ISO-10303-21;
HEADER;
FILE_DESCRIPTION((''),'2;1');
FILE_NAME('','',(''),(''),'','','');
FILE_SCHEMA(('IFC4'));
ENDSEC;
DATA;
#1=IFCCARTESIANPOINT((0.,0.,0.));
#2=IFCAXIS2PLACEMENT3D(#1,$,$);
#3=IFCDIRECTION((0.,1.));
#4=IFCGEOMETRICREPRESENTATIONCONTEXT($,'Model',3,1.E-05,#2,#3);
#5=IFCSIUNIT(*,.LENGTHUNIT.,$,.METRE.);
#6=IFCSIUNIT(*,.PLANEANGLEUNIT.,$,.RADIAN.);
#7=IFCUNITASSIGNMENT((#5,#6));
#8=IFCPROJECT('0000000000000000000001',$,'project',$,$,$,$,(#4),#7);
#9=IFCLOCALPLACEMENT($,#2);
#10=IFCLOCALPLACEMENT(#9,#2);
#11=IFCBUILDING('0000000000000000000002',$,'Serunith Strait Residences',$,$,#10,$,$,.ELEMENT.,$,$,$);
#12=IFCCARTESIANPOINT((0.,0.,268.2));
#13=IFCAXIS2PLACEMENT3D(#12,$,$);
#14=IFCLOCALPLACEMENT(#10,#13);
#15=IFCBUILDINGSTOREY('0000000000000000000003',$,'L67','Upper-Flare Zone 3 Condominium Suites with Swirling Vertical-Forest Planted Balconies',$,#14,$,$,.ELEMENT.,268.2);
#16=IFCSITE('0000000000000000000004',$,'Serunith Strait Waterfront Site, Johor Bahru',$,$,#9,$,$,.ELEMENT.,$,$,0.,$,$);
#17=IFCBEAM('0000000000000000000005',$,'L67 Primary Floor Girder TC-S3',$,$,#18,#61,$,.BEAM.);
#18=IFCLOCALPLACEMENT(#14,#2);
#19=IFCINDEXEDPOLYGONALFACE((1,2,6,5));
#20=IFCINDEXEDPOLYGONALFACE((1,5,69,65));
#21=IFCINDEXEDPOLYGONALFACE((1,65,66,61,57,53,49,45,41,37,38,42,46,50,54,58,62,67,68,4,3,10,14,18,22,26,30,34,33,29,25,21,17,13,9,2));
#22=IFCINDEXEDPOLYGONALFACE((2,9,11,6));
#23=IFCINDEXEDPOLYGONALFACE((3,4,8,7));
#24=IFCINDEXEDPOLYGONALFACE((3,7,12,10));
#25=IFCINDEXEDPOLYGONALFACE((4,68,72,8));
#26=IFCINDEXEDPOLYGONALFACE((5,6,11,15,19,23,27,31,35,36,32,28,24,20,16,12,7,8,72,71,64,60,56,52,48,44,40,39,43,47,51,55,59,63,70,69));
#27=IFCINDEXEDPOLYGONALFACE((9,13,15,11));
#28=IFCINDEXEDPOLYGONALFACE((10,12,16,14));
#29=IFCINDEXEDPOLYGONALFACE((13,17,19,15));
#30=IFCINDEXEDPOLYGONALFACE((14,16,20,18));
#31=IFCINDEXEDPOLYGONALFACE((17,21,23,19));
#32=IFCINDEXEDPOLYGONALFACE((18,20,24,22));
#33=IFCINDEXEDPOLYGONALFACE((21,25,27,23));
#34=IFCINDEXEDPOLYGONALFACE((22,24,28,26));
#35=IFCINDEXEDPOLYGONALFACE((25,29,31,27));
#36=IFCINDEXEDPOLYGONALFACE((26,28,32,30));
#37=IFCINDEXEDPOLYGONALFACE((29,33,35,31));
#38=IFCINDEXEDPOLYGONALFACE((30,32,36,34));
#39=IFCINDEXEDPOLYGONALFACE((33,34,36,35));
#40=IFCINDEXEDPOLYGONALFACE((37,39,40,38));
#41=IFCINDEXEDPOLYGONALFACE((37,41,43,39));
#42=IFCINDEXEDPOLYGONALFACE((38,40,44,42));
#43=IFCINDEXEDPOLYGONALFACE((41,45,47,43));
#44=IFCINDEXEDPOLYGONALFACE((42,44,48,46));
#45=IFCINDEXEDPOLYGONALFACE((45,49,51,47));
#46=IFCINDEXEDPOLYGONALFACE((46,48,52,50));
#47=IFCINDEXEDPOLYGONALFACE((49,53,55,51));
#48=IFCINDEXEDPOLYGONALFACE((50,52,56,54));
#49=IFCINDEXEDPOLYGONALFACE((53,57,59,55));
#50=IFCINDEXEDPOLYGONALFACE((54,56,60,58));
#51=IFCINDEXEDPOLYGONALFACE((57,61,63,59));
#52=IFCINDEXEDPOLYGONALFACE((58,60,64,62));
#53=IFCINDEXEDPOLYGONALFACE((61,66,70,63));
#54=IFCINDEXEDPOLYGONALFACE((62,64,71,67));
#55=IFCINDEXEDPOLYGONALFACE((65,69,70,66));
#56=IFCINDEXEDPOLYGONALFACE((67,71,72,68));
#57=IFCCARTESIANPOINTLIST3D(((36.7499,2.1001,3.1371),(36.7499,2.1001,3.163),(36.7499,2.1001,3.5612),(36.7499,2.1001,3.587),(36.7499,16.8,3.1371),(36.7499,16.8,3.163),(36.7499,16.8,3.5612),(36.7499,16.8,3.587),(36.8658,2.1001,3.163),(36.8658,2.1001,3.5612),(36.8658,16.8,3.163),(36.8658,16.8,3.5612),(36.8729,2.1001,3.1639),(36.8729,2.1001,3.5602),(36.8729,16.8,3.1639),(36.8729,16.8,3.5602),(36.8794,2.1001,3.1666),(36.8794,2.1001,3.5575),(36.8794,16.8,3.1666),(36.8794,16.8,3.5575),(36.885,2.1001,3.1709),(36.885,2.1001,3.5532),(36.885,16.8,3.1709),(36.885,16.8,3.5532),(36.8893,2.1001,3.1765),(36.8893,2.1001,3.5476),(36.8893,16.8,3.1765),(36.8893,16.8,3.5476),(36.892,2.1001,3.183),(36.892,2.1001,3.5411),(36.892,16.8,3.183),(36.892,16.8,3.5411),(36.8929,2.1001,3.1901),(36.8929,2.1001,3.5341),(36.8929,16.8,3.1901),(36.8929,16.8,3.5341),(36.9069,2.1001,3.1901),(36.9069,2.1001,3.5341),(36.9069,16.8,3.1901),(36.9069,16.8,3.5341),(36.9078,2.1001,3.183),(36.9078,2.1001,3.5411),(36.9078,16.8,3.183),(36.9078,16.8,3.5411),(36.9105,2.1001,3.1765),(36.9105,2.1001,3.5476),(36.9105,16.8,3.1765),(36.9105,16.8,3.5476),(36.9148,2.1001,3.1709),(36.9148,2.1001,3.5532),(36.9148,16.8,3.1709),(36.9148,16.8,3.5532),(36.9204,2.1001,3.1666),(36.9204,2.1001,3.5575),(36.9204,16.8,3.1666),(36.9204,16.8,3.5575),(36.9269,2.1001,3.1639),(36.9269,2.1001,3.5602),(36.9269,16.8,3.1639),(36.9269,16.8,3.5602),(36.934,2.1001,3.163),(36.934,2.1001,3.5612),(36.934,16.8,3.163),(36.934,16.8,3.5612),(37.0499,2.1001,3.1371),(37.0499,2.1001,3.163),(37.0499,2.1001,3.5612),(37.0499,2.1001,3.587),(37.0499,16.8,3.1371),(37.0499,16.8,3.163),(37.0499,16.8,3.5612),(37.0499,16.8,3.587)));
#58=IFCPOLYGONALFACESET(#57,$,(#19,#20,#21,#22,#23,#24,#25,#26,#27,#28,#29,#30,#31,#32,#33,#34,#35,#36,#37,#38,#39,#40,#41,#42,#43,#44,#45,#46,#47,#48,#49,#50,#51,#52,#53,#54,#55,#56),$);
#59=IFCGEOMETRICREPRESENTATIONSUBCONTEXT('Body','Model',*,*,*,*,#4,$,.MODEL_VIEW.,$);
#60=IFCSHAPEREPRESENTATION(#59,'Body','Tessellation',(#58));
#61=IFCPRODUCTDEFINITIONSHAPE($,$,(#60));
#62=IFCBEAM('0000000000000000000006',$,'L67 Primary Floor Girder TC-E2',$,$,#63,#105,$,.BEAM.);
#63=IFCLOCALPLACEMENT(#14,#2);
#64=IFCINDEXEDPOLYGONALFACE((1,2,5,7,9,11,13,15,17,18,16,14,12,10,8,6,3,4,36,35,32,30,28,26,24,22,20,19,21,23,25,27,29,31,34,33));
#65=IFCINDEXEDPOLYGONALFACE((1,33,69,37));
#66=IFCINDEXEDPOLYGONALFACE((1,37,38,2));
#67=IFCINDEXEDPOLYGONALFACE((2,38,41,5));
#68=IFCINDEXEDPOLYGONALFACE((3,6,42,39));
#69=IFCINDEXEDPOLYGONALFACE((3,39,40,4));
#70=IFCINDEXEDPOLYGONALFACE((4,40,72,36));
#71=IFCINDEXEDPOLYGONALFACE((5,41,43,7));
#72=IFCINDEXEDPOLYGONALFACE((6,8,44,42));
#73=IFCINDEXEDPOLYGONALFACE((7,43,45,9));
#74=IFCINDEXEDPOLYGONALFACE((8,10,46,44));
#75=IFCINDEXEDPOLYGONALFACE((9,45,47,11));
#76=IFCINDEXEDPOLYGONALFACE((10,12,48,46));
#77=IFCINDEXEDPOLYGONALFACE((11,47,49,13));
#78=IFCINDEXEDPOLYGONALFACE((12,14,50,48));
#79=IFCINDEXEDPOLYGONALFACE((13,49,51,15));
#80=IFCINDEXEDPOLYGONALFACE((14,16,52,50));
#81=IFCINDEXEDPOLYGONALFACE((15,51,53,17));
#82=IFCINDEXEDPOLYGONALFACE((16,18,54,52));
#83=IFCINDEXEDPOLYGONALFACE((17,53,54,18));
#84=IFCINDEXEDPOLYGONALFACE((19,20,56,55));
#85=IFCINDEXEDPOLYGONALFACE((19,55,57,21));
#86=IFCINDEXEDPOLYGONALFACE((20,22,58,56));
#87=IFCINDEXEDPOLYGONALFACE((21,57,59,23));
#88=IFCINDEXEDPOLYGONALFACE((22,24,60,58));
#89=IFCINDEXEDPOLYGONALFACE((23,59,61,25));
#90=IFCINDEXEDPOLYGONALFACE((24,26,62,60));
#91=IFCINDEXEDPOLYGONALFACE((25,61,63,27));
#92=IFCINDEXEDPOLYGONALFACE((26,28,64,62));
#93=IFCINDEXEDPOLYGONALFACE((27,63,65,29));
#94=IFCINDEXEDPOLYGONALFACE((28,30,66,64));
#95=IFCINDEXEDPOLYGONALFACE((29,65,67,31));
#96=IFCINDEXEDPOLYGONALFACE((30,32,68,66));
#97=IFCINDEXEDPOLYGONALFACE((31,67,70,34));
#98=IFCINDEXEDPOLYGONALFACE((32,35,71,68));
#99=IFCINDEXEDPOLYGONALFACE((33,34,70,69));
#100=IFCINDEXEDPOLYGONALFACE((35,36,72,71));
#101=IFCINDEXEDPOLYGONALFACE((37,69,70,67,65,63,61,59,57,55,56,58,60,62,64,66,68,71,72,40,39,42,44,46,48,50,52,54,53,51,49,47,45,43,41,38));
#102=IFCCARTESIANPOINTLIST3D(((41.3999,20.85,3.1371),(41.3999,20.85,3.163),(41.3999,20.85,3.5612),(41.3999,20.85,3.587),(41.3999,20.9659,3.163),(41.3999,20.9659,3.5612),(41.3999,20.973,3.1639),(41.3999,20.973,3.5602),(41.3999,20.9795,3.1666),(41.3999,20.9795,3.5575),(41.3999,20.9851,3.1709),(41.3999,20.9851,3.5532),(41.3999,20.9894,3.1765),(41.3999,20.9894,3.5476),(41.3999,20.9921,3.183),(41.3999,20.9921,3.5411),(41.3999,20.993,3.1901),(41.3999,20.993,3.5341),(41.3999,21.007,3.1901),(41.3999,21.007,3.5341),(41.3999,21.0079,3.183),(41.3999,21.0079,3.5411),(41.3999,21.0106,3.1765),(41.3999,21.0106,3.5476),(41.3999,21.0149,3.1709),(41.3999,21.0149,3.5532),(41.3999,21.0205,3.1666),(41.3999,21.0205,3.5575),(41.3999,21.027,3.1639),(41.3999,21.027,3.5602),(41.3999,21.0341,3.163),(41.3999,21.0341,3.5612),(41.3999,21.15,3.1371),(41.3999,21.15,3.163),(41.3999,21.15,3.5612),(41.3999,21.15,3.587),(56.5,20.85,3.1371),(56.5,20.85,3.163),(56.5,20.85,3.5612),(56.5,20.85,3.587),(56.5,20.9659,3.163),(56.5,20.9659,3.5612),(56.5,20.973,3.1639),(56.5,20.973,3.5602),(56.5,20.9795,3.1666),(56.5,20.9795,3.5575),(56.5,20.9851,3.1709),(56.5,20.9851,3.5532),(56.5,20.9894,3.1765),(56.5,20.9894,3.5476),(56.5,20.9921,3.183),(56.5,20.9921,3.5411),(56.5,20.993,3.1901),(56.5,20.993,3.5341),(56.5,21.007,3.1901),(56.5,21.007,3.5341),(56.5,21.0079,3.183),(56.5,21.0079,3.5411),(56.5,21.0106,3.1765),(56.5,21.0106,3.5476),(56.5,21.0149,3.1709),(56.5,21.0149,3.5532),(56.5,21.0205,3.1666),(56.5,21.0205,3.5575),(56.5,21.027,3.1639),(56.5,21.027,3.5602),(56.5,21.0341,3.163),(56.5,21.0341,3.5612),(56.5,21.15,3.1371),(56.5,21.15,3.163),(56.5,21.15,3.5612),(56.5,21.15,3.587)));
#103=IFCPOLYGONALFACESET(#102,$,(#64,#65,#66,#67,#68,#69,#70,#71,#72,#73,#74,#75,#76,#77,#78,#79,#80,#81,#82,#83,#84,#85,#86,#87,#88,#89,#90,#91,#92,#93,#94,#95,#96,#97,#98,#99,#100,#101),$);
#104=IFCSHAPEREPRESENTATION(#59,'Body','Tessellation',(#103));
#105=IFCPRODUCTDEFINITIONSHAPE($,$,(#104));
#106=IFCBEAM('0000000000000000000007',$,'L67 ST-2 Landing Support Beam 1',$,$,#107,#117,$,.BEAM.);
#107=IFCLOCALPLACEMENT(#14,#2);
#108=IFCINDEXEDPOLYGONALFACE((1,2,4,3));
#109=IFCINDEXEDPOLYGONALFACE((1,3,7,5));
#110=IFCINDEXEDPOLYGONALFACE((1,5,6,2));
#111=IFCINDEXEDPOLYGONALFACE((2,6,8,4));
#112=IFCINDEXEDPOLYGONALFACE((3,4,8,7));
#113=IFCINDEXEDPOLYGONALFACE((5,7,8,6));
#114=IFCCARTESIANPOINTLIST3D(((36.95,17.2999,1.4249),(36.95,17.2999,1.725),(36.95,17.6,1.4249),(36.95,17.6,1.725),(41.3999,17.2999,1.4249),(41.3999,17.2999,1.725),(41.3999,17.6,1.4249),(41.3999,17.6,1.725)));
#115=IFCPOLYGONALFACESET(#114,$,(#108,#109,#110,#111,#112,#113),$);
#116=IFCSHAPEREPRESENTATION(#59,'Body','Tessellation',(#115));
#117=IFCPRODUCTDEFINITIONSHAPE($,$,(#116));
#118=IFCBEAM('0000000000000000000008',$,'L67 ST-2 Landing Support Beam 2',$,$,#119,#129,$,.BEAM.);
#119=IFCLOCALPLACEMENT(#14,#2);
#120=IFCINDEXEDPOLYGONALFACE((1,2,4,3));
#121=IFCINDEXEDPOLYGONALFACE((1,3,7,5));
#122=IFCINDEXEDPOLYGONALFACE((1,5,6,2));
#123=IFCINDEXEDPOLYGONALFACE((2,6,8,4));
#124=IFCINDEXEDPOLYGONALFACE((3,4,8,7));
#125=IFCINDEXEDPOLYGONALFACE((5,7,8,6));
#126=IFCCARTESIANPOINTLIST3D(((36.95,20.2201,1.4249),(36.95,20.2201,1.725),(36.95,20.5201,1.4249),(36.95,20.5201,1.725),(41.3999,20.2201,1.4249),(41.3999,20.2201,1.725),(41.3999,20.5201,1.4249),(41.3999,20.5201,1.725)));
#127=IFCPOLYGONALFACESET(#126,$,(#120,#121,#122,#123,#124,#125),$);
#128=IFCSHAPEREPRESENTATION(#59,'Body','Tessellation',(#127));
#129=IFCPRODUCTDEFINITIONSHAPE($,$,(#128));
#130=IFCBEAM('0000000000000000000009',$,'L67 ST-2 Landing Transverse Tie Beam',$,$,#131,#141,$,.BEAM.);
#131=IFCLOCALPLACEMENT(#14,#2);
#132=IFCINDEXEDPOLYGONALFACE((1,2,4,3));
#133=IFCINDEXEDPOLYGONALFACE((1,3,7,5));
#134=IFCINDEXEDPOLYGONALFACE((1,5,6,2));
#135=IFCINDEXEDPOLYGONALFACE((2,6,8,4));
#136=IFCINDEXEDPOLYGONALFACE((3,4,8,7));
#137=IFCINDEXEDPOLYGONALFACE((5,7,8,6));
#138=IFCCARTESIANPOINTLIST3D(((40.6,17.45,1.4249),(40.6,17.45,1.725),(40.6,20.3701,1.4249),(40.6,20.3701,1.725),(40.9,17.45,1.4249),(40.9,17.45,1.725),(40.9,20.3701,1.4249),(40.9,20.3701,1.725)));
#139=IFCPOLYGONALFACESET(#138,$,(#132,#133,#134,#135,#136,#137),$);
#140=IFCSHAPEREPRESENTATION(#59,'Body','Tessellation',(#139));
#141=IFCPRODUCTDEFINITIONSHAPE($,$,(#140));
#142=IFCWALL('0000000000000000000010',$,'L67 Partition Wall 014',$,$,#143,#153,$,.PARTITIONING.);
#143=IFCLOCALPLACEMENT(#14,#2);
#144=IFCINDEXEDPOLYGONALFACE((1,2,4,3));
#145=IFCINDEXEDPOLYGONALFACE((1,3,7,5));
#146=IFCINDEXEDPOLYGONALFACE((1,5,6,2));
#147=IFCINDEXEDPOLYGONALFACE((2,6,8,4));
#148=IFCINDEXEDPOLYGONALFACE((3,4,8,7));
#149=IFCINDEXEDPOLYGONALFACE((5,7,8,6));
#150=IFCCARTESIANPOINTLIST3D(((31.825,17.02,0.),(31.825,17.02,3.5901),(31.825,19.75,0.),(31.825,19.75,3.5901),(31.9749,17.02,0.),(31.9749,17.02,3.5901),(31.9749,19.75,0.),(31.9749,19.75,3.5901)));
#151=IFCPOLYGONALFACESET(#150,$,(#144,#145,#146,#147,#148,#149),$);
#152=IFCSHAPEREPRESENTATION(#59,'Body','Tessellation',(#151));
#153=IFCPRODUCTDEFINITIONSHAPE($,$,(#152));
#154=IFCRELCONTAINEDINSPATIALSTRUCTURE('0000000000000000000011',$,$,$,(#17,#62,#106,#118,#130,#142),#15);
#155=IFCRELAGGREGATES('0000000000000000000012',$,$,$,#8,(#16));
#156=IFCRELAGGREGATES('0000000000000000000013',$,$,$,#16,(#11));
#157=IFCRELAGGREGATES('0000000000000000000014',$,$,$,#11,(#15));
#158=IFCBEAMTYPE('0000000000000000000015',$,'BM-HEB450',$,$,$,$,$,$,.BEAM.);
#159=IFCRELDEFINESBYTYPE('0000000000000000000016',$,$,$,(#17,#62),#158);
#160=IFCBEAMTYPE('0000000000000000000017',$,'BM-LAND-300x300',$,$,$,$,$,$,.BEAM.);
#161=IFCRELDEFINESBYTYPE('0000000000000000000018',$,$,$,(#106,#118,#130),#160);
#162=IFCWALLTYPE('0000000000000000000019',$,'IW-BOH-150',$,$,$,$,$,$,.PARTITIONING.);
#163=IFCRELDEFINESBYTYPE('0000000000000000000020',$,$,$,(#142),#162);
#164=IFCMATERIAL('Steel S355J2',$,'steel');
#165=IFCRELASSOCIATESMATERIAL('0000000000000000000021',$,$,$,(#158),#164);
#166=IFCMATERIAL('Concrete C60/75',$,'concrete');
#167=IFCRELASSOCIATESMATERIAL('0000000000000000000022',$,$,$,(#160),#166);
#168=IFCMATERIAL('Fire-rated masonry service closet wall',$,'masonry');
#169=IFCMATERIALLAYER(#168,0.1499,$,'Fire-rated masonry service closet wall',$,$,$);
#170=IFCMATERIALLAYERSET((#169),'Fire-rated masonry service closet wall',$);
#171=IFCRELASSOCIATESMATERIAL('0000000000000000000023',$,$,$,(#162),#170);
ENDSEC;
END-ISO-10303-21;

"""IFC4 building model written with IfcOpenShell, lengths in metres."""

from ifc_helpers import new_model, si_unit, direction, frame, frame_2d, origin, origin_2d, place, context, subcontext, project, spatial, rectangle, i_section, extrude, source, transform, mapped, material, layer, layer_set, material_profile, profile_set, type_object, element, save


model = new_model("IFC4")

# Units and contexts
model_context = context("Model", 3, precision=1e-05, world=origin(), true_north=direction((0.0, 1.0)))
body_context = subcontext(model_context, "Body", "Model", "MODEL_VIEW")
ifc_project = project(units=[si_unit("LENGTHUNIT", "METRE"), si_unit("PLANEANGLEUNIT", "RADIAN")], contexts=[model_context])

# Site, building, storey
site_placement = place(None, origin())
site = spatial("IfcSite", under=ifc_project, at=site_placement, Name="Serunith Strait Waterfront Site, Johor Bahru", CompositionType="ELEMENT", RefElevation=0.0)
building_placement = place(site_placement, origin())
building = spatial("IfcBuilding", under=site, at=building_placement, Name="Serunith Strait Residences", CompositionType="ELEMENT")
storey_placement = place(building_placement, frame((0.0, 0.0, 268.2)))
storey = spatial("IfcBuildingStorey", under=building, at=storey_placement, Name="L67", Description="Upper-Flare Zone 3 Condominium Suites with Swirling Vertical-Forest Planted Balconies", CompositionType="ELEMENT", Elevation=268.2)

# Beams
ifc_material_1 = material(Name="Steel S355J2", Category="steel")
ifc_material_profile_1 = material_profile(ifc_material_1, i_section(OverallWidth=0.3, OverallDepth=0.45, WebThickness=0.0139, FlangeThickness=0.0259, FilletRadius=0.0271, at=origin_2d()), Name="HEB 450")
ifc_profile_set_1 = profile_set([ifc_material_profile_1], Name="Steel S355J2")
beam_type_1 = type_object("IfcBeamType", Name="BM-HEB450", PredefinedType="BEAM", material=ifc_profile_set_1)
shared_shape_1 = source(origin(), body_context, "Body", "SweptSolid", [
    extrude(i_section(OverallWidth=0.3, OverallDepth=0.45, WebThickness=0.0139, FlangeThickness=0.0259, FilletRadius=0.0271, at=origin_2d()), origin(), (0.0, 0.0, 1.0), 14.7),
])
beam_1_placement = place(storey_placement, frame((36.8999, 16.8, 3.3621), z_axis=(0.0, -1.0, 0.0), x_axis=(1.0, 0.0, 0.0)))
element("IfcBeam", 1, at=beam_1_placement, inside=storey, type_object=beam_type_1, Name="L67 Primary Floor Girder TC-S3", PredefinedType="BEAM", context=body_context, shape_type="MappedRepresentation", body=[
    mapped(shared_shape_1, transform((0.0, 0.0, 0.0), scale=1.0)),
])
shared_shape_2 = source(origin(), body_context, "Body", "SweptSolid", [
    extrude(i_section(OverallWidth=0.3, OverallDepth=0.45, WebThickness=0.0139, FlangeThickness=0.0259, FilletRadius=0.0271, at=origin_2d()), origin(), (0.0, 0.0, 1.0), 15.1001),
])
beam_2_placement = place(storey_placement, frame((41.3999, 21.0, 3.3621), z_axis=(1.0, 0.0, 0.0), x_axis=(0.0, 1.0, 0.0)))
element("IfcBeam", 2, at=beam_2_placement, inside=storey, type_object=beam_type_1, Name="L67 Primary Floor Girder TC-E2", PredefinedType="BEAM", context=body_context, shape_type="MappedRepresentation", body=[
    mapped(shared_shape_2, transform((0.0, 0.0, 0.0), scale=1.0)),
])
ifc_material_2 = material(Name="Concrete C60/75", Category="concrete")
ifc_material_profile_2 = material_profile(ifc_material_2, rectangle(XDim=0.3, YDim=0.3, at=origin_2d()), Name="RC 300x300")
ifc_profile_set_2 = profile_set([ifc_material_profile_2], Name="Concrete C60/75")
beam_type_2 = type_object("IfcBeamType", Name="BM-LAND-300x300", PredefinedType="BEAM", material=ifc_profile_set_2)
shared_shape_3 = source(origin(), body_context, "Body", "SweptSolid", [
    extrude(rectangle(XDim=0.3, YDim=0.3, at=origin_2d()), origin(), (0.0, 0.0, 1.0), 4.45),
])
for number, where, z_axis, x_axis, name in (
    (3, (36.95, 17.45, 1.575), (1.0, 0.0, 0.0), (0.0, 1.0, 0.0), "L67 ST-2 Landing Support Beam 1"),
    (4, (36.95, 20.3701, 1.575), (1.0, 0.0, 0.0), (0.0, 1.0, 0.0), "L67 ST-2 Landing Support Beam 2"),
):
    element("IfcBeam", number, at=place(storey_placement, frame(where, z_axis=z_axis, x_axis=x_axis)), inside=storey, type_object=beam_type_2, Name=name, PredefinedType="BEAM", context=body_context, shape_type="MappedRepresentation", body=[
        mapped(shared_shape_3, transform((0.0, 0.0, 0.0), scale=1.0)),
    ])
shared_shape_4 = source(origin(), body_context, "Body", "SweptSolid", [
    extrude(rectangle(XDim=0.3, YDim=0.3, at=origin_2d()), origin(), (0.0, 0.0, 1.0), 2.9202),
])
beam_3_placement = place(storey_placement, frame((40.75, 17.45, 1.575), z_axis=(0.0, 1.0, 0.0), x_axis=(-1.0, 0.0, 0.0)))
element("IfcBeam", 5, at=beam_3_placement, inside=storey, type_object=beam_type_2, Name="L67 ST-2 Landing Transverse Tie Beam", PredefinedType="BEAM", context=body_context, shape_type="MappedRepresentation", body=[
    mapped(shared_shape_4, transform((0.0, 0.0, 0.0), scale=1.0)),
])

# Wall
ifc_material_3 = material(Name="Fire-rated masonry service closet wall", Category="masonry")
ifc_layer_1 = layer(ifc_material_3, 0.1499, Name="Fire-rated masonry service closet wall")
ifc_layer_set_1 = layer_set([ifc_layer_1], Name="Fire-rated masonry service closet wall")
wall_type_1 = type_object("IfcWallType", Name="IW-BOH-150", PredefinedType="PARTITIONING", material=ifc_layer_set_1)
wall_1_placement = place(storey_placement, frame((31.8999, 17.02, 0.0), z_axis=(0.0, 0.0, 1.0), x_axis=(0.0, 1.0, 0.0)))
element("IfcWall", 6, at=wall_1_placement, inside=storey, type_object=wall_type_1, Name="L67 Partition Wall 014", PredefinedType="PARTITIONING", context=body_context, shape_type="SweptSolid", body=[
    extrude(rectangle(XDim=2.73, YDim=0.1499, at=frame_2d((1.365, 0.0))), origin(), (0.0, 0.0, 1.0), 3.5901),
])

save(model, "model.ifc")
